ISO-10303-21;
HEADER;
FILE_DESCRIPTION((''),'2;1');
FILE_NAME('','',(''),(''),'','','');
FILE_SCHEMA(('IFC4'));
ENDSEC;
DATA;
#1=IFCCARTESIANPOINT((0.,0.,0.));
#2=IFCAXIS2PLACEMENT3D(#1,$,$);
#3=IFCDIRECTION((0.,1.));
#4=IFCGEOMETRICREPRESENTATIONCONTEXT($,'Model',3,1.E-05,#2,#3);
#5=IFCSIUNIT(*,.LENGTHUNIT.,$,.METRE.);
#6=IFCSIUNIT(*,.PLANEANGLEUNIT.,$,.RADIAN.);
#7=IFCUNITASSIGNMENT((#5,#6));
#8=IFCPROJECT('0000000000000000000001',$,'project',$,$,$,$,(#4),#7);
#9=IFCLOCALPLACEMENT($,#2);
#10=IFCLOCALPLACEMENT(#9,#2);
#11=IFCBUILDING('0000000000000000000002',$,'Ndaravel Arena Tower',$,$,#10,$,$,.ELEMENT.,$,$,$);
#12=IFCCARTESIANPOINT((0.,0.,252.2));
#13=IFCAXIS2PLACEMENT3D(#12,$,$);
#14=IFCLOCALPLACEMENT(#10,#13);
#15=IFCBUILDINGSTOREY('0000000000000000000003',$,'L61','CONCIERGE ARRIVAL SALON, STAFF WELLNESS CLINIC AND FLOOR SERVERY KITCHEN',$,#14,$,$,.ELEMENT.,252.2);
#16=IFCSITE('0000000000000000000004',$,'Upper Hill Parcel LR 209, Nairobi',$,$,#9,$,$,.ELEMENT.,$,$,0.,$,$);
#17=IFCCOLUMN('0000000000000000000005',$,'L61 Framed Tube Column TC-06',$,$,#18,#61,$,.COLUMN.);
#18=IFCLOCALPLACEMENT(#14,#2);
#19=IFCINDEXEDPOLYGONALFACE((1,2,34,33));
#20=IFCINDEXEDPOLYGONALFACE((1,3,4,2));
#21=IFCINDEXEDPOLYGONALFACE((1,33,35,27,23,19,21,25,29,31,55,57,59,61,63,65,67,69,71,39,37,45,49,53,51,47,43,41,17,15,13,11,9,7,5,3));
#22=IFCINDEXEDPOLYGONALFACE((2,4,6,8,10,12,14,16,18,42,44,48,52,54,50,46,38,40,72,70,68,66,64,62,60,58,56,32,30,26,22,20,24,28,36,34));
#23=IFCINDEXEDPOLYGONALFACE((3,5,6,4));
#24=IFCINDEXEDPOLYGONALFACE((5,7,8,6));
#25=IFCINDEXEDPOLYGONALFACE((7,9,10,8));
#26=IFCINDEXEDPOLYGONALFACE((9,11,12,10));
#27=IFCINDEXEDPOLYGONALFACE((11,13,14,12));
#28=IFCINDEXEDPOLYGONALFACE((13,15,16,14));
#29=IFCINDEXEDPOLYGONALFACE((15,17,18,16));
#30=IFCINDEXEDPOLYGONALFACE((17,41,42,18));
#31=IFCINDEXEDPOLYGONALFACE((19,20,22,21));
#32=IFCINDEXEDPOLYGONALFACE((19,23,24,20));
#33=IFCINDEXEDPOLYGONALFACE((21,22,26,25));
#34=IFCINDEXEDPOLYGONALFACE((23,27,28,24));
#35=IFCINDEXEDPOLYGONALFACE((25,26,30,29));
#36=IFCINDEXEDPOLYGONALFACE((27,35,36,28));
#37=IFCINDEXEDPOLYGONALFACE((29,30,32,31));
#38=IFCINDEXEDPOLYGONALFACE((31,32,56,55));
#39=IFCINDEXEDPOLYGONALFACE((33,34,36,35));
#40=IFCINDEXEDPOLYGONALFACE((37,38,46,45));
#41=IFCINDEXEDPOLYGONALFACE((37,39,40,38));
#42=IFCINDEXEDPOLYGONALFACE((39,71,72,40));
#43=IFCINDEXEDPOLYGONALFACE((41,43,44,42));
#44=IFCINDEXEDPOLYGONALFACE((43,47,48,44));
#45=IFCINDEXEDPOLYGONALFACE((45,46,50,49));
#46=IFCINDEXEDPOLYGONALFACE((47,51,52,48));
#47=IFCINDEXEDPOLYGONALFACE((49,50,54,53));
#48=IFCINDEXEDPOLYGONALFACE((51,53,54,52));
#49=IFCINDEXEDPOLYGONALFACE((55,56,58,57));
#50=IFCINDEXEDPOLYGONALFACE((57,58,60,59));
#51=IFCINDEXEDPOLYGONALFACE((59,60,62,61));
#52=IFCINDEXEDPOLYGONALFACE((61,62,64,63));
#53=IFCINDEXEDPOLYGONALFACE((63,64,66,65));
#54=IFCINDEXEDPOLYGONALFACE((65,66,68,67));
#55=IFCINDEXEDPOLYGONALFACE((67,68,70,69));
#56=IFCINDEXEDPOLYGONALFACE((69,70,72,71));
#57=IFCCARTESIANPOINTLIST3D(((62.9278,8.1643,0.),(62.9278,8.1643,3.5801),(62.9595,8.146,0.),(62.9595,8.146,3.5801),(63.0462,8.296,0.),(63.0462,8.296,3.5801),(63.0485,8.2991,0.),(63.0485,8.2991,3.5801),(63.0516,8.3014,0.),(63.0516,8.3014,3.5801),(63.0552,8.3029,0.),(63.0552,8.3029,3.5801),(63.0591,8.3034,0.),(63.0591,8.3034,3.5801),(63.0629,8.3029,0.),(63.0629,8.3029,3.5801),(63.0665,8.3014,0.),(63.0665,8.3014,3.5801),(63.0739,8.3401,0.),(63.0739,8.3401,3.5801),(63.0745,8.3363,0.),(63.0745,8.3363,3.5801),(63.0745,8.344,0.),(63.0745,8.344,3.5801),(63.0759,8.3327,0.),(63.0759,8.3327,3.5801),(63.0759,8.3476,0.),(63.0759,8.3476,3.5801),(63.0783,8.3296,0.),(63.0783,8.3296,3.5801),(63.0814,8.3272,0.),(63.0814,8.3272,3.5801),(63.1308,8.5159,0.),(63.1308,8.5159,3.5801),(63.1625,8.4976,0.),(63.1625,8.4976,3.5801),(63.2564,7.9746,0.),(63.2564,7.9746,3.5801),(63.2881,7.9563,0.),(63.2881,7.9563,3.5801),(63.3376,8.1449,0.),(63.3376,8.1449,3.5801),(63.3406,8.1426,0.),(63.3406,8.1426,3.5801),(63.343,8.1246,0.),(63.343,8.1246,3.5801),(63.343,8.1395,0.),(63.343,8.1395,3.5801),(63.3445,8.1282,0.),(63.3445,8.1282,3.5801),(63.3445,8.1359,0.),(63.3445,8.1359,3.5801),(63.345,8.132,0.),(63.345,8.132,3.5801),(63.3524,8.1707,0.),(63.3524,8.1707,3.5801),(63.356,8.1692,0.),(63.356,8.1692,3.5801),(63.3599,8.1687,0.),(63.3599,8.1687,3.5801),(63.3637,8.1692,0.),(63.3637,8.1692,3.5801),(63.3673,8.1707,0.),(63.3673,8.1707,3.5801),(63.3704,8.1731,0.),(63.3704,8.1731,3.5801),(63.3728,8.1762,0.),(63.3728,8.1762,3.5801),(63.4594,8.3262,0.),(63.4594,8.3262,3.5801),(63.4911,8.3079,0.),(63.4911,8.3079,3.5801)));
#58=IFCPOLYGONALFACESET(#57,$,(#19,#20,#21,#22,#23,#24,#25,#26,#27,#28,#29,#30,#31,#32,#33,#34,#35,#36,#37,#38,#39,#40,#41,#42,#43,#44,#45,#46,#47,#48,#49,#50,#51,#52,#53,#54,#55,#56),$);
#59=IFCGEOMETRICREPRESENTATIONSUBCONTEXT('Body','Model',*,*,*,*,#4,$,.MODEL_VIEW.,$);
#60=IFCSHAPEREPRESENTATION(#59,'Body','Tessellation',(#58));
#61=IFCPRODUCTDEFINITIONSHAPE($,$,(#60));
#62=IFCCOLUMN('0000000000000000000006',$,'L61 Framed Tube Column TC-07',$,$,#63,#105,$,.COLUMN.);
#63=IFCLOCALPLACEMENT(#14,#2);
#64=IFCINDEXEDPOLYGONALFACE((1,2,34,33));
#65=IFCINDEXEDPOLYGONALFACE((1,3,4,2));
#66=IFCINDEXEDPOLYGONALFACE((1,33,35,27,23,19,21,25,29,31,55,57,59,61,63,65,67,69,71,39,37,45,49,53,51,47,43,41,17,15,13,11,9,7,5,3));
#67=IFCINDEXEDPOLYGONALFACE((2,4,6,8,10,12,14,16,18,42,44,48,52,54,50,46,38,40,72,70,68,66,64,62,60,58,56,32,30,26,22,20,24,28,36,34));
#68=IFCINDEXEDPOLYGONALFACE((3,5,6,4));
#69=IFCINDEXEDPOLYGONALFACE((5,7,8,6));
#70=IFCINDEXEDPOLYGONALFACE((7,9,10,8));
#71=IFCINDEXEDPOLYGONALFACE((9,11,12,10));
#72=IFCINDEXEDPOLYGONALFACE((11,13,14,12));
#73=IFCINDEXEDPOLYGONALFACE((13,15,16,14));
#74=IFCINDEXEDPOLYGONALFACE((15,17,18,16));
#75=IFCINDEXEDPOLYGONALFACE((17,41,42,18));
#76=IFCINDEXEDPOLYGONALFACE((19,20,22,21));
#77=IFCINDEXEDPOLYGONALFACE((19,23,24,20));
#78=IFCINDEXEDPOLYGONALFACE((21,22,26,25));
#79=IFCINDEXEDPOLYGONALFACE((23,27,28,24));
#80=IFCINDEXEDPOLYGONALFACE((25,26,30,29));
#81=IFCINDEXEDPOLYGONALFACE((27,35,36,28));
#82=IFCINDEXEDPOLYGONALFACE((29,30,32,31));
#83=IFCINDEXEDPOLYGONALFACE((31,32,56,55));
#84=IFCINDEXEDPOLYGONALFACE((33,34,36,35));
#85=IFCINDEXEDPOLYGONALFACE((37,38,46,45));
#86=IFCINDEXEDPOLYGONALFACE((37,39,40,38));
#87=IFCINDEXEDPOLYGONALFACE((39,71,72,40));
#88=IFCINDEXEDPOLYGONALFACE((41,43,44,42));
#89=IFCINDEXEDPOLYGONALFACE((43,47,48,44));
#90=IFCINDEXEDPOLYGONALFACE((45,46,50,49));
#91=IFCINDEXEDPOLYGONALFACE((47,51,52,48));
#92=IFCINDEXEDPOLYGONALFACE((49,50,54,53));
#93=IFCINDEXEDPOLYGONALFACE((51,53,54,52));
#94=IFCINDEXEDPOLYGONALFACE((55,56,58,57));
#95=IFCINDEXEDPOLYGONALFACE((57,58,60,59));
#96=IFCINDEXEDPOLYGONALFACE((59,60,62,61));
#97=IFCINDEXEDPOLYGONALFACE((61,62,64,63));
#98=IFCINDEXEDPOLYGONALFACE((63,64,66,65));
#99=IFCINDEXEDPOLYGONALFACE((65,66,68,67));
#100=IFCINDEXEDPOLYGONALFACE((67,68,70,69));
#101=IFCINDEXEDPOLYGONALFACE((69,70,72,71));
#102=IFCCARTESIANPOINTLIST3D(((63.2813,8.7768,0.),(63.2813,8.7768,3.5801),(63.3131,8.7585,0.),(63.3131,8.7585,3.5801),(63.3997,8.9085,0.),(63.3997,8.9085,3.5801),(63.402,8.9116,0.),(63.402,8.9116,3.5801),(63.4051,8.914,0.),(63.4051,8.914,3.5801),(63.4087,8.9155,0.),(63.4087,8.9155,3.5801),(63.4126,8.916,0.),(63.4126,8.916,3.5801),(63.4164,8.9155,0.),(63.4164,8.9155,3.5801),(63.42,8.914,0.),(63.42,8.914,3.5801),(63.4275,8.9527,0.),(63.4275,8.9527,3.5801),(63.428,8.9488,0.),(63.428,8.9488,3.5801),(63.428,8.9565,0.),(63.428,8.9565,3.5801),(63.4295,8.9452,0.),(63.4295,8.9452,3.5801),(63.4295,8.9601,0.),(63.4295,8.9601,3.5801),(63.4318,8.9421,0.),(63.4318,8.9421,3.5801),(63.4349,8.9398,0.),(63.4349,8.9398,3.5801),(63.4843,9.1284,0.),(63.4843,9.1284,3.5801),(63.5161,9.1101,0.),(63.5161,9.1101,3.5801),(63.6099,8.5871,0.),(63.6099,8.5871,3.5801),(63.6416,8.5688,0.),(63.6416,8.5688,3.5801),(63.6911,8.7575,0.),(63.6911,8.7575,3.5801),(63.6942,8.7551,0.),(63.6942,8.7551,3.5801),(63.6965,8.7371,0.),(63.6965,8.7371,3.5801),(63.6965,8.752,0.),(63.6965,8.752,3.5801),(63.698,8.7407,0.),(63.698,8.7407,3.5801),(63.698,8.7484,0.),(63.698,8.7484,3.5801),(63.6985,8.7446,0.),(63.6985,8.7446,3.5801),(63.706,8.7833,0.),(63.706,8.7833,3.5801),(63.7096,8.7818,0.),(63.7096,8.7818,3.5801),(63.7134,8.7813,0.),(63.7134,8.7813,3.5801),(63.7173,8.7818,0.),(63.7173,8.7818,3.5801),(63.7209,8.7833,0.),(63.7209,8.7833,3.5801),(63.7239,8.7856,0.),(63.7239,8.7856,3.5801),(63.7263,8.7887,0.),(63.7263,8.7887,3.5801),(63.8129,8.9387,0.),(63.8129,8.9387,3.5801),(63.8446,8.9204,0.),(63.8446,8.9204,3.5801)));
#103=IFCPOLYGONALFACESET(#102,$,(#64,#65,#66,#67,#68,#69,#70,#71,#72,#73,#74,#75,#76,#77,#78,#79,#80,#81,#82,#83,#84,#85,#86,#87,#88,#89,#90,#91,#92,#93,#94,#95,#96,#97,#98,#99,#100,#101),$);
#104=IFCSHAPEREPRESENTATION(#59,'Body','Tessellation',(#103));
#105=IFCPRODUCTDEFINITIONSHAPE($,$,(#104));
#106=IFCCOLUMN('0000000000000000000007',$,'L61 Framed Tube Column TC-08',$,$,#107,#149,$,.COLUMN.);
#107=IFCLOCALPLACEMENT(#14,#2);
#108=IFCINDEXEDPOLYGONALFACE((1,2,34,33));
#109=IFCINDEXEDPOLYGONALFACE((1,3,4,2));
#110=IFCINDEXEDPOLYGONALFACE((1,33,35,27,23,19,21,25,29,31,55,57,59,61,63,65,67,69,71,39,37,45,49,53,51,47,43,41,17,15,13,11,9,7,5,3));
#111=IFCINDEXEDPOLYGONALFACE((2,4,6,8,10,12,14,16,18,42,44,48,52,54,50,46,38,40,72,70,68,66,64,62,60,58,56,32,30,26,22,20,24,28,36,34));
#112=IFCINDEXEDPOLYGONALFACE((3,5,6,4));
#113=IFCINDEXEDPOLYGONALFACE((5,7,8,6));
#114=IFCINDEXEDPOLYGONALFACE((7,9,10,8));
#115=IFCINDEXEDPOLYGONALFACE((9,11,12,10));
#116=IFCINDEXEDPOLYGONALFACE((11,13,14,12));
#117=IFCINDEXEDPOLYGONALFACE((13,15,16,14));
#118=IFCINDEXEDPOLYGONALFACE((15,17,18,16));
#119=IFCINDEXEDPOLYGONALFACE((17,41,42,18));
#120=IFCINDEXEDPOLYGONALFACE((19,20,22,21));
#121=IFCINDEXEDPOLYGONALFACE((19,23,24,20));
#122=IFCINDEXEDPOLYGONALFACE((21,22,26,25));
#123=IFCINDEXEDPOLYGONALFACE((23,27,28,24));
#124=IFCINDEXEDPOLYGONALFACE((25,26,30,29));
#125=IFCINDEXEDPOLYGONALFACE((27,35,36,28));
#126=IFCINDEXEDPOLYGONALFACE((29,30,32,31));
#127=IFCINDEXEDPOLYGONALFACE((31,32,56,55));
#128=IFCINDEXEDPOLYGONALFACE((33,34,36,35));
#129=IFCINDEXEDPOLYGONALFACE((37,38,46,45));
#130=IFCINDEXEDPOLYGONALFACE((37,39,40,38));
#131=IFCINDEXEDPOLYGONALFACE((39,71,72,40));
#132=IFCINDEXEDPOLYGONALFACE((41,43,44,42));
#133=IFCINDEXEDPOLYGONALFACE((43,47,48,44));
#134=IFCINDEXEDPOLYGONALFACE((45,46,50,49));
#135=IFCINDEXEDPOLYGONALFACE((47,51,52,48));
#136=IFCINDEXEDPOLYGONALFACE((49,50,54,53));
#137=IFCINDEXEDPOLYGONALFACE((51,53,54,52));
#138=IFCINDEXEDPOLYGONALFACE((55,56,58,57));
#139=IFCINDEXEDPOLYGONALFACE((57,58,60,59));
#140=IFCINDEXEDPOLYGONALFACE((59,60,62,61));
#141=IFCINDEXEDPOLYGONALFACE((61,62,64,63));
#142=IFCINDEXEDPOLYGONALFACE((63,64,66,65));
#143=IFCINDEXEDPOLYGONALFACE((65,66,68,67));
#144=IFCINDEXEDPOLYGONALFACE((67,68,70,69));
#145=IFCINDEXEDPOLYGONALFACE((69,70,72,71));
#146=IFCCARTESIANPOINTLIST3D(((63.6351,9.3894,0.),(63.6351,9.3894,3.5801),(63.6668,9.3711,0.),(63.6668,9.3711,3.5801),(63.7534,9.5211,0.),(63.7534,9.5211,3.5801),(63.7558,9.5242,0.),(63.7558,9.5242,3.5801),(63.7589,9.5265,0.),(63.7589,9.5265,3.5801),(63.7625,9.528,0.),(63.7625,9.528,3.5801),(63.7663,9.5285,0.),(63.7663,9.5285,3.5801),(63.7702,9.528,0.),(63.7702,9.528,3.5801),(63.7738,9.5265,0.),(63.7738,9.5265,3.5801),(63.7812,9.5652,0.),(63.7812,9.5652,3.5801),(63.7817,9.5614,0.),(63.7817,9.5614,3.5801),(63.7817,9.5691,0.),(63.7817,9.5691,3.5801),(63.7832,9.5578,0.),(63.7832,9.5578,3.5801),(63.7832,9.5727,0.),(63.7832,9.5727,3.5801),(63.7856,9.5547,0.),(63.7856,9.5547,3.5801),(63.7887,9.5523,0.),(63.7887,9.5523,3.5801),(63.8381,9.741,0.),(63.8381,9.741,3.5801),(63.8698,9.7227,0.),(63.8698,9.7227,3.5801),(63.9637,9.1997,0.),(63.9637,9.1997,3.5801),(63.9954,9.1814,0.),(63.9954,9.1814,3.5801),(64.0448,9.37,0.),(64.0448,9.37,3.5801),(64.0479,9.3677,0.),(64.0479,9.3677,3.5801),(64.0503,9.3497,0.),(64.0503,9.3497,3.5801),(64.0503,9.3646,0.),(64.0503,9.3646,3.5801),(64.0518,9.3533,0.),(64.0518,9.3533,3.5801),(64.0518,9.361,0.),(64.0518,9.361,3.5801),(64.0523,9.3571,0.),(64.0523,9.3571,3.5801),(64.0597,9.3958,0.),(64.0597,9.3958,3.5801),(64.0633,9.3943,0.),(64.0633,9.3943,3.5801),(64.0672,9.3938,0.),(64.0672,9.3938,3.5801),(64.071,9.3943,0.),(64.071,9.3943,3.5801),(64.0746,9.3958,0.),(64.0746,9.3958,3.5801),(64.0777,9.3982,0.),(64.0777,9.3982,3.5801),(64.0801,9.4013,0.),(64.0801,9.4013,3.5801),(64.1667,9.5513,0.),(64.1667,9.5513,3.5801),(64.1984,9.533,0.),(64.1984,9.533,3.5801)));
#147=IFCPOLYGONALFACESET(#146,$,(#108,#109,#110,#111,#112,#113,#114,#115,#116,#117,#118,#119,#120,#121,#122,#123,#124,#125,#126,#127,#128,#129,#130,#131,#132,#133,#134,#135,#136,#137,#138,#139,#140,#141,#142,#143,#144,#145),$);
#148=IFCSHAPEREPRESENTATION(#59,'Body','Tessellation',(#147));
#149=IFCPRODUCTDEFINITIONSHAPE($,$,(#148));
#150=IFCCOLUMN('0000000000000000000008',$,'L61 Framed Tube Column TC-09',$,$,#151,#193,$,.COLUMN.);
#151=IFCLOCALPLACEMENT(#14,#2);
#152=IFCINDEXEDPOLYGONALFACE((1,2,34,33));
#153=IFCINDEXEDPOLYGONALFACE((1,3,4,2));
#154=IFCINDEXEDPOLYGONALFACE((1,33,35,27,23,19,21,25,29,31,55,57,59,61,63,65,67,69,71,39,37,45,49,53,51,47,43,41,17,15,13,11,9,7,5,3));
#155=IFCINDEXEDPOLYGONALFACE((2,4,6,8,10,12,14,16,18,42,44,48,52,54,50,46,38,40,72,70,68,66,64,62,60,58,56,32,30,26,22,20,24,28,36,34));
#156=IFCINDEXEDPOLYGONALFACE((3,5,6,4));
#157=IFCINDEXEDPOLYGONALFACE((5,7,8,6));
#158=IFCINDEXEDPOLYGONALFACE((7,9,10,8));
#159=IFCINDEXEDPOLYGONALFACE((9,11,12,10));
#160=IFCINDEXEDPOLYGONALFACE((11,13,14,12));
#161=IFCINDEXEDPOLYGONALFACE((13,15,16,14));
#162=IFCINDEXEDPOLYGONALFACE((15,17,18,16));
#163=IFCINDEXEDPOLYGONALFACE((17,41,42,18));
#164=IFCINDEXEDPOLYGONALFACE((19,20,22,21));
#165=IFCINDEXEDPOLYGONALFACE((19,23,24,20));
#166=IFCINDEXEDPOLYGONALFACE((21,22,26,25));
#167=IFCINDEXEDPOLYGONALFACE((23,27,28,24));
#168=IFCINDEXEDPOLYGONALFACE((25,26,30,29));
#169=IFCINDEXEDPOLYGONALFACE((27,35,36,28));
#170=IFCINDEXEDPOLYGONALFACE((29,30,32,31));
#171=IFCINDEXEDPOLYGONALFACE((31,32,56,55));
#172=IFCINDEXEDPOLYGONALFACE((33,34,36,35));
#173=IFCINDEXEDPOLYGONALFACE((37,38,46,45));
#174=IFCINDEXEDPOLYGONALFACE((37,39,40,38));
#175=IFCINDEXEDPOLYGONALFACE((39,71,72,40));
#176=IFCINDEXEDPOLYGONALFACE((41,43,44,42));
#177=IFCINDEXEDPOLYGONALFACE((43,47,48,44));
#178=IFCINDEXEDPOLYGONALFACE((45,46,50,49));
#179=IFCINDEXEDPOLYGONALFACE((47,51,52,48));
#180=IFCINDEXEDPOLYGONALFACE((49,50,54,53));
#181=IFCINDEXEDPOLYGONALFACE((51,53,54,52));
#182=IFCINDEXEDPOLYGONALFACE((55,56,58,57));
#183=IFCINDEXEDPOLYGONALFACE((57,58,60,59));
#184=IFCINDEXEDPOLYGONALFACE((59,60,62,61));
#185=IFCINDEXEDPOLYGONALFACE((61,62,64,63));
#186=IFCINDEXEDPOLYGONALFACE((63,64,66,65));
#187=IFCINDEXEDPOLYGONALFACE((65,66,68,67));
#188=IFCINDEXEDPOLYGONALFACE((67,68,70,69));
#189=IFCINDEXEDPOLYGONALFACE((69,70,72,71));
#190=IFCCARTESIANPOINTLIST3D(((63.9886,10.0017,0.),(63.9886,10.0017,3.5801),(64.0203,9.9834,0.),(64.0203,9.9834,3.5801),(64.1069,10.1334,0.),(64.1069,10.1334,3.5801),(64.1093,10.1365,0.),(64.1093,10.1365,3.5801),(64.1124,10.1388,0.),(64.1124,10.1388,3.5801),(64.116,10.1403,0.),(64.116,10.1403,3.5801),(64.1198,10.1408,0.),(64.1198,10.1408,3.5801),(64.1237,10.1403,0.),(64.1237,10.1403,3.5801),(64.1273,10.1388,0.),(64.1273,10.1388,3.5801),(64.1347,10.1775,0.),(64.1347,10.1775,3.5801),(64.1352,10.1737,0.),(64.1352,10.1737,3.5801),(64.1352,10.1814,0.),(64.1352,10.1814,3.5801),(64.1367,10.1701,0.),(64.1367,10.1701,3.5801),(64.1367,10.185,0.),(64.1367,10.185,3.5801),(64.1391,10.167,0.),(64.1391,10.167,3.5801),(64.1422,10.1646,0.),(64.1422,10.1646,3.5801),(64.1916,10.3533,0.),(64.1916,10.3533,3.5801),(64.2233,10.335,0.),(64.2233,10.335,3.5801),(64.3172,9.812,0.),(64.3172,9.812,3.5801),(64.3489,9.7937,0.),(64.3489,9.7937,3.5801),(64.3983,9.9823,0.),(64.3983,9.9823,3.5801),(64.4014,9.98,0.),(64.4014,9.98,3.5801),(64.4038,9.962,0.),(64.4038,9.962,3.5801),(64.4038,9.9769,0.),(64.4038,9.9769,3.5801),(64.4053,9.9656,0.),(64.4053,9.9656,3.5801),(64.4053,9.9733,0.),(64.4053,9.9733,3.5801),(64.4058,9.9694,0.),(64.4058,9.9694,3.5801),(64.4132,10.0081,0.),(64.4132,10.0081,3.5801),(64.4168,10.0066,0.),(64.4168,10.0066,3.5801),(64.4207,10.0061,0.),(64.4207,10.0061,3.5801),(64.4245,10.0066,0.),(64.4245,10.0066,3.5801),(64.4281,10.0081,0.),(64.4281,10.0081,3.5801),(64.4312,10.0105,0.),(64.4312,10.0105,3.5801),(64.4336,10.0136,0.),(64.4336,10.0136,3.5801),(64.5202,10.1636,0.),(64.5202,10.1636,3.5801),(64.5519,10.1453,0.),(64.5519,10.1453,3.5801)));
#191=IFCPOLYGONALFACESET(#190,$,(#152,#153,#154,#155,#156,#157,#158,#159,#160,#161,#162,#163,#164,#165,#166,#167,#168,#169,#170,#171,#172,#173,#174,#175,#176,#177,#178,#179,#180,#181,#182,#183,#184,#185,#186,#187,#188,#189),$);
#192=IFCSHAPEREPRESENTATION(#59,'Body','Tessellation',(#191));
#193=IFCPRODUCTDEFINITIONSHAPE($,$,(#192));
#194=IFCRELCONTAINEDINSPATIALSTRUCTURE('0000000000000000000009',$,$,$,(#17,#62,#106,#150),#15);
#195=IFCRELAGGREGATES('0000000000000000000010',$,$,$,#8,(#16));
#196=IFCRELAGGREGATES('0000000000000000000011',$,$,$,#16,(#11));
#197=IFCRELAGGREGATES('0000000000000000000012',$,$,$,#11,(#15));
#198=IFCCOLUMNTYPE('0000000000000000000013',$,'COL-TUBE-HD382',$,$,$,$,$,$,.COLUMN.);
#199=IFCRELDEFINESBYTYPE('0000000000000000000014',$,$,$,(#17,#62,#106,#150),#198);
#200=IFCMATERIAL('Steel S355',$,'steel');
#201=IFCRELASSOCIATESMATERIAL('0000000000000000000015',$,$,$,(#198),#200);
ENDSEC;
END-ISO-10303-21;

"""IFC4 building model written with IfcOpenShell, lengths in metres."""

from ifc_helpers import new_model, si_unit, direction, frame, origin, origin_2d, place, context, subcontext, project, spatial, i_section, extrude, material, material_profile, profile_set, type_object, element, save


model = new_model("IFC4")

# Units and contexts
model_context = context("Model", 3, precision=1e-05, world=origin(), true_north=direction((0.0, 1.0)))
body_context = subcontext(model_context, "Body", "Model", "MODEL_VIEW")
ifc_project = project(units=[si_unit("LENGTHUNIT", "METRE"), si_unit("PLANEANGLEUNIT", "RADIAN")], contexts=[model_context])

# Site, building, storey
site_placement = place(None, origin())
site = spatial("IfcSite", under=ifc_project, at=site_placement, Name="Upper Hill Parcel LR 209, Nairobi", CompositionType="ELEMENT", RefElevation=0.0)
building_placement = place(site_placement, origin())
building = spatial("IfcBuilding", under=site, at=building_placement, Name="Ndaravel Arena Tower", CompositionType="ELEMENT")
storey_placement = place(building_placement, frame((0.0, 0.0, 252.2)))
storey = spatial("IfcBuildingStorey", under=building, at=storey_placement, Name="L61", Description="CONCIERGE ARRIVAL SALON, STAFF WELLNESS CLINIC AND FLOOR SERVERY KITCHEN", CompositionType="ELEMENT", Elevation=252.2)

# Columns
ifc_material_1 = material(Name="Steel S355", Category="steel")
ifc_material_profile_1 = material_profile(ifc_material_1, i_section(OverallWidth=0.406, OverallDepth=0.416, WebThickness=0.0298, FlangeThickness=0.0366, FilletRadius=0.0149, at=origin_2d()), Name="HD 400x382")
ifc_profile_set_1 = profile_set([ifc_material_profile_1], Name="Steel S355")
column_type = type_object("IfcColumnType", Name="COL-TUBE-HD382", PredefinedType="COLUMN", material=ifc_profile_set_1)
for number, where, z_axis, x_axis, name in (
    (1, (63.2095, 8.2361, 0.0), (0.0, 0.0, 1.0), (0.5, 0.866025, 0.0), "L61 Framed Tube Column TC-06"),
    (2, (63.563, 8.8486, 0.0), (0.0, 0.0, 1.0), (0.5, 0.866025, 0.0), "L61 Framed Tube Column TC-07"),
    (3, (63.9167, 9.4612, 0.0), (0.0, 0.0, 1.0), (0.5, 0.866025, 0.0), "L61 Framed Tube Column TC-08"),
    (4, (64.2703, 10.0735, 0.0), (0.0, 0.0, 1.0), (0.5, 0.866025, 0.0), "L61 Framed Tube Column TC-09"),
):
    element("IfcColumn", number, at=place(storey_placement, frame(where, z_axis=z_axis, x_axis=x_axis)), inside=storey, type_object=column_type, Name=name, PredefinedType="COLUMN", context=body_context, shape_type="SweptSolid", body=[
        extrude(i_section(OverallWidth=0.406, OverallDepth=0.416, WebThickness=0.0298, FlangeThickness=0.0366, FilletRadius=0.0149, at=origin_2d()), origin(), (0.0, 0.0, 1.0), 3.5801),
    ])

save(model, "model.ifc")
